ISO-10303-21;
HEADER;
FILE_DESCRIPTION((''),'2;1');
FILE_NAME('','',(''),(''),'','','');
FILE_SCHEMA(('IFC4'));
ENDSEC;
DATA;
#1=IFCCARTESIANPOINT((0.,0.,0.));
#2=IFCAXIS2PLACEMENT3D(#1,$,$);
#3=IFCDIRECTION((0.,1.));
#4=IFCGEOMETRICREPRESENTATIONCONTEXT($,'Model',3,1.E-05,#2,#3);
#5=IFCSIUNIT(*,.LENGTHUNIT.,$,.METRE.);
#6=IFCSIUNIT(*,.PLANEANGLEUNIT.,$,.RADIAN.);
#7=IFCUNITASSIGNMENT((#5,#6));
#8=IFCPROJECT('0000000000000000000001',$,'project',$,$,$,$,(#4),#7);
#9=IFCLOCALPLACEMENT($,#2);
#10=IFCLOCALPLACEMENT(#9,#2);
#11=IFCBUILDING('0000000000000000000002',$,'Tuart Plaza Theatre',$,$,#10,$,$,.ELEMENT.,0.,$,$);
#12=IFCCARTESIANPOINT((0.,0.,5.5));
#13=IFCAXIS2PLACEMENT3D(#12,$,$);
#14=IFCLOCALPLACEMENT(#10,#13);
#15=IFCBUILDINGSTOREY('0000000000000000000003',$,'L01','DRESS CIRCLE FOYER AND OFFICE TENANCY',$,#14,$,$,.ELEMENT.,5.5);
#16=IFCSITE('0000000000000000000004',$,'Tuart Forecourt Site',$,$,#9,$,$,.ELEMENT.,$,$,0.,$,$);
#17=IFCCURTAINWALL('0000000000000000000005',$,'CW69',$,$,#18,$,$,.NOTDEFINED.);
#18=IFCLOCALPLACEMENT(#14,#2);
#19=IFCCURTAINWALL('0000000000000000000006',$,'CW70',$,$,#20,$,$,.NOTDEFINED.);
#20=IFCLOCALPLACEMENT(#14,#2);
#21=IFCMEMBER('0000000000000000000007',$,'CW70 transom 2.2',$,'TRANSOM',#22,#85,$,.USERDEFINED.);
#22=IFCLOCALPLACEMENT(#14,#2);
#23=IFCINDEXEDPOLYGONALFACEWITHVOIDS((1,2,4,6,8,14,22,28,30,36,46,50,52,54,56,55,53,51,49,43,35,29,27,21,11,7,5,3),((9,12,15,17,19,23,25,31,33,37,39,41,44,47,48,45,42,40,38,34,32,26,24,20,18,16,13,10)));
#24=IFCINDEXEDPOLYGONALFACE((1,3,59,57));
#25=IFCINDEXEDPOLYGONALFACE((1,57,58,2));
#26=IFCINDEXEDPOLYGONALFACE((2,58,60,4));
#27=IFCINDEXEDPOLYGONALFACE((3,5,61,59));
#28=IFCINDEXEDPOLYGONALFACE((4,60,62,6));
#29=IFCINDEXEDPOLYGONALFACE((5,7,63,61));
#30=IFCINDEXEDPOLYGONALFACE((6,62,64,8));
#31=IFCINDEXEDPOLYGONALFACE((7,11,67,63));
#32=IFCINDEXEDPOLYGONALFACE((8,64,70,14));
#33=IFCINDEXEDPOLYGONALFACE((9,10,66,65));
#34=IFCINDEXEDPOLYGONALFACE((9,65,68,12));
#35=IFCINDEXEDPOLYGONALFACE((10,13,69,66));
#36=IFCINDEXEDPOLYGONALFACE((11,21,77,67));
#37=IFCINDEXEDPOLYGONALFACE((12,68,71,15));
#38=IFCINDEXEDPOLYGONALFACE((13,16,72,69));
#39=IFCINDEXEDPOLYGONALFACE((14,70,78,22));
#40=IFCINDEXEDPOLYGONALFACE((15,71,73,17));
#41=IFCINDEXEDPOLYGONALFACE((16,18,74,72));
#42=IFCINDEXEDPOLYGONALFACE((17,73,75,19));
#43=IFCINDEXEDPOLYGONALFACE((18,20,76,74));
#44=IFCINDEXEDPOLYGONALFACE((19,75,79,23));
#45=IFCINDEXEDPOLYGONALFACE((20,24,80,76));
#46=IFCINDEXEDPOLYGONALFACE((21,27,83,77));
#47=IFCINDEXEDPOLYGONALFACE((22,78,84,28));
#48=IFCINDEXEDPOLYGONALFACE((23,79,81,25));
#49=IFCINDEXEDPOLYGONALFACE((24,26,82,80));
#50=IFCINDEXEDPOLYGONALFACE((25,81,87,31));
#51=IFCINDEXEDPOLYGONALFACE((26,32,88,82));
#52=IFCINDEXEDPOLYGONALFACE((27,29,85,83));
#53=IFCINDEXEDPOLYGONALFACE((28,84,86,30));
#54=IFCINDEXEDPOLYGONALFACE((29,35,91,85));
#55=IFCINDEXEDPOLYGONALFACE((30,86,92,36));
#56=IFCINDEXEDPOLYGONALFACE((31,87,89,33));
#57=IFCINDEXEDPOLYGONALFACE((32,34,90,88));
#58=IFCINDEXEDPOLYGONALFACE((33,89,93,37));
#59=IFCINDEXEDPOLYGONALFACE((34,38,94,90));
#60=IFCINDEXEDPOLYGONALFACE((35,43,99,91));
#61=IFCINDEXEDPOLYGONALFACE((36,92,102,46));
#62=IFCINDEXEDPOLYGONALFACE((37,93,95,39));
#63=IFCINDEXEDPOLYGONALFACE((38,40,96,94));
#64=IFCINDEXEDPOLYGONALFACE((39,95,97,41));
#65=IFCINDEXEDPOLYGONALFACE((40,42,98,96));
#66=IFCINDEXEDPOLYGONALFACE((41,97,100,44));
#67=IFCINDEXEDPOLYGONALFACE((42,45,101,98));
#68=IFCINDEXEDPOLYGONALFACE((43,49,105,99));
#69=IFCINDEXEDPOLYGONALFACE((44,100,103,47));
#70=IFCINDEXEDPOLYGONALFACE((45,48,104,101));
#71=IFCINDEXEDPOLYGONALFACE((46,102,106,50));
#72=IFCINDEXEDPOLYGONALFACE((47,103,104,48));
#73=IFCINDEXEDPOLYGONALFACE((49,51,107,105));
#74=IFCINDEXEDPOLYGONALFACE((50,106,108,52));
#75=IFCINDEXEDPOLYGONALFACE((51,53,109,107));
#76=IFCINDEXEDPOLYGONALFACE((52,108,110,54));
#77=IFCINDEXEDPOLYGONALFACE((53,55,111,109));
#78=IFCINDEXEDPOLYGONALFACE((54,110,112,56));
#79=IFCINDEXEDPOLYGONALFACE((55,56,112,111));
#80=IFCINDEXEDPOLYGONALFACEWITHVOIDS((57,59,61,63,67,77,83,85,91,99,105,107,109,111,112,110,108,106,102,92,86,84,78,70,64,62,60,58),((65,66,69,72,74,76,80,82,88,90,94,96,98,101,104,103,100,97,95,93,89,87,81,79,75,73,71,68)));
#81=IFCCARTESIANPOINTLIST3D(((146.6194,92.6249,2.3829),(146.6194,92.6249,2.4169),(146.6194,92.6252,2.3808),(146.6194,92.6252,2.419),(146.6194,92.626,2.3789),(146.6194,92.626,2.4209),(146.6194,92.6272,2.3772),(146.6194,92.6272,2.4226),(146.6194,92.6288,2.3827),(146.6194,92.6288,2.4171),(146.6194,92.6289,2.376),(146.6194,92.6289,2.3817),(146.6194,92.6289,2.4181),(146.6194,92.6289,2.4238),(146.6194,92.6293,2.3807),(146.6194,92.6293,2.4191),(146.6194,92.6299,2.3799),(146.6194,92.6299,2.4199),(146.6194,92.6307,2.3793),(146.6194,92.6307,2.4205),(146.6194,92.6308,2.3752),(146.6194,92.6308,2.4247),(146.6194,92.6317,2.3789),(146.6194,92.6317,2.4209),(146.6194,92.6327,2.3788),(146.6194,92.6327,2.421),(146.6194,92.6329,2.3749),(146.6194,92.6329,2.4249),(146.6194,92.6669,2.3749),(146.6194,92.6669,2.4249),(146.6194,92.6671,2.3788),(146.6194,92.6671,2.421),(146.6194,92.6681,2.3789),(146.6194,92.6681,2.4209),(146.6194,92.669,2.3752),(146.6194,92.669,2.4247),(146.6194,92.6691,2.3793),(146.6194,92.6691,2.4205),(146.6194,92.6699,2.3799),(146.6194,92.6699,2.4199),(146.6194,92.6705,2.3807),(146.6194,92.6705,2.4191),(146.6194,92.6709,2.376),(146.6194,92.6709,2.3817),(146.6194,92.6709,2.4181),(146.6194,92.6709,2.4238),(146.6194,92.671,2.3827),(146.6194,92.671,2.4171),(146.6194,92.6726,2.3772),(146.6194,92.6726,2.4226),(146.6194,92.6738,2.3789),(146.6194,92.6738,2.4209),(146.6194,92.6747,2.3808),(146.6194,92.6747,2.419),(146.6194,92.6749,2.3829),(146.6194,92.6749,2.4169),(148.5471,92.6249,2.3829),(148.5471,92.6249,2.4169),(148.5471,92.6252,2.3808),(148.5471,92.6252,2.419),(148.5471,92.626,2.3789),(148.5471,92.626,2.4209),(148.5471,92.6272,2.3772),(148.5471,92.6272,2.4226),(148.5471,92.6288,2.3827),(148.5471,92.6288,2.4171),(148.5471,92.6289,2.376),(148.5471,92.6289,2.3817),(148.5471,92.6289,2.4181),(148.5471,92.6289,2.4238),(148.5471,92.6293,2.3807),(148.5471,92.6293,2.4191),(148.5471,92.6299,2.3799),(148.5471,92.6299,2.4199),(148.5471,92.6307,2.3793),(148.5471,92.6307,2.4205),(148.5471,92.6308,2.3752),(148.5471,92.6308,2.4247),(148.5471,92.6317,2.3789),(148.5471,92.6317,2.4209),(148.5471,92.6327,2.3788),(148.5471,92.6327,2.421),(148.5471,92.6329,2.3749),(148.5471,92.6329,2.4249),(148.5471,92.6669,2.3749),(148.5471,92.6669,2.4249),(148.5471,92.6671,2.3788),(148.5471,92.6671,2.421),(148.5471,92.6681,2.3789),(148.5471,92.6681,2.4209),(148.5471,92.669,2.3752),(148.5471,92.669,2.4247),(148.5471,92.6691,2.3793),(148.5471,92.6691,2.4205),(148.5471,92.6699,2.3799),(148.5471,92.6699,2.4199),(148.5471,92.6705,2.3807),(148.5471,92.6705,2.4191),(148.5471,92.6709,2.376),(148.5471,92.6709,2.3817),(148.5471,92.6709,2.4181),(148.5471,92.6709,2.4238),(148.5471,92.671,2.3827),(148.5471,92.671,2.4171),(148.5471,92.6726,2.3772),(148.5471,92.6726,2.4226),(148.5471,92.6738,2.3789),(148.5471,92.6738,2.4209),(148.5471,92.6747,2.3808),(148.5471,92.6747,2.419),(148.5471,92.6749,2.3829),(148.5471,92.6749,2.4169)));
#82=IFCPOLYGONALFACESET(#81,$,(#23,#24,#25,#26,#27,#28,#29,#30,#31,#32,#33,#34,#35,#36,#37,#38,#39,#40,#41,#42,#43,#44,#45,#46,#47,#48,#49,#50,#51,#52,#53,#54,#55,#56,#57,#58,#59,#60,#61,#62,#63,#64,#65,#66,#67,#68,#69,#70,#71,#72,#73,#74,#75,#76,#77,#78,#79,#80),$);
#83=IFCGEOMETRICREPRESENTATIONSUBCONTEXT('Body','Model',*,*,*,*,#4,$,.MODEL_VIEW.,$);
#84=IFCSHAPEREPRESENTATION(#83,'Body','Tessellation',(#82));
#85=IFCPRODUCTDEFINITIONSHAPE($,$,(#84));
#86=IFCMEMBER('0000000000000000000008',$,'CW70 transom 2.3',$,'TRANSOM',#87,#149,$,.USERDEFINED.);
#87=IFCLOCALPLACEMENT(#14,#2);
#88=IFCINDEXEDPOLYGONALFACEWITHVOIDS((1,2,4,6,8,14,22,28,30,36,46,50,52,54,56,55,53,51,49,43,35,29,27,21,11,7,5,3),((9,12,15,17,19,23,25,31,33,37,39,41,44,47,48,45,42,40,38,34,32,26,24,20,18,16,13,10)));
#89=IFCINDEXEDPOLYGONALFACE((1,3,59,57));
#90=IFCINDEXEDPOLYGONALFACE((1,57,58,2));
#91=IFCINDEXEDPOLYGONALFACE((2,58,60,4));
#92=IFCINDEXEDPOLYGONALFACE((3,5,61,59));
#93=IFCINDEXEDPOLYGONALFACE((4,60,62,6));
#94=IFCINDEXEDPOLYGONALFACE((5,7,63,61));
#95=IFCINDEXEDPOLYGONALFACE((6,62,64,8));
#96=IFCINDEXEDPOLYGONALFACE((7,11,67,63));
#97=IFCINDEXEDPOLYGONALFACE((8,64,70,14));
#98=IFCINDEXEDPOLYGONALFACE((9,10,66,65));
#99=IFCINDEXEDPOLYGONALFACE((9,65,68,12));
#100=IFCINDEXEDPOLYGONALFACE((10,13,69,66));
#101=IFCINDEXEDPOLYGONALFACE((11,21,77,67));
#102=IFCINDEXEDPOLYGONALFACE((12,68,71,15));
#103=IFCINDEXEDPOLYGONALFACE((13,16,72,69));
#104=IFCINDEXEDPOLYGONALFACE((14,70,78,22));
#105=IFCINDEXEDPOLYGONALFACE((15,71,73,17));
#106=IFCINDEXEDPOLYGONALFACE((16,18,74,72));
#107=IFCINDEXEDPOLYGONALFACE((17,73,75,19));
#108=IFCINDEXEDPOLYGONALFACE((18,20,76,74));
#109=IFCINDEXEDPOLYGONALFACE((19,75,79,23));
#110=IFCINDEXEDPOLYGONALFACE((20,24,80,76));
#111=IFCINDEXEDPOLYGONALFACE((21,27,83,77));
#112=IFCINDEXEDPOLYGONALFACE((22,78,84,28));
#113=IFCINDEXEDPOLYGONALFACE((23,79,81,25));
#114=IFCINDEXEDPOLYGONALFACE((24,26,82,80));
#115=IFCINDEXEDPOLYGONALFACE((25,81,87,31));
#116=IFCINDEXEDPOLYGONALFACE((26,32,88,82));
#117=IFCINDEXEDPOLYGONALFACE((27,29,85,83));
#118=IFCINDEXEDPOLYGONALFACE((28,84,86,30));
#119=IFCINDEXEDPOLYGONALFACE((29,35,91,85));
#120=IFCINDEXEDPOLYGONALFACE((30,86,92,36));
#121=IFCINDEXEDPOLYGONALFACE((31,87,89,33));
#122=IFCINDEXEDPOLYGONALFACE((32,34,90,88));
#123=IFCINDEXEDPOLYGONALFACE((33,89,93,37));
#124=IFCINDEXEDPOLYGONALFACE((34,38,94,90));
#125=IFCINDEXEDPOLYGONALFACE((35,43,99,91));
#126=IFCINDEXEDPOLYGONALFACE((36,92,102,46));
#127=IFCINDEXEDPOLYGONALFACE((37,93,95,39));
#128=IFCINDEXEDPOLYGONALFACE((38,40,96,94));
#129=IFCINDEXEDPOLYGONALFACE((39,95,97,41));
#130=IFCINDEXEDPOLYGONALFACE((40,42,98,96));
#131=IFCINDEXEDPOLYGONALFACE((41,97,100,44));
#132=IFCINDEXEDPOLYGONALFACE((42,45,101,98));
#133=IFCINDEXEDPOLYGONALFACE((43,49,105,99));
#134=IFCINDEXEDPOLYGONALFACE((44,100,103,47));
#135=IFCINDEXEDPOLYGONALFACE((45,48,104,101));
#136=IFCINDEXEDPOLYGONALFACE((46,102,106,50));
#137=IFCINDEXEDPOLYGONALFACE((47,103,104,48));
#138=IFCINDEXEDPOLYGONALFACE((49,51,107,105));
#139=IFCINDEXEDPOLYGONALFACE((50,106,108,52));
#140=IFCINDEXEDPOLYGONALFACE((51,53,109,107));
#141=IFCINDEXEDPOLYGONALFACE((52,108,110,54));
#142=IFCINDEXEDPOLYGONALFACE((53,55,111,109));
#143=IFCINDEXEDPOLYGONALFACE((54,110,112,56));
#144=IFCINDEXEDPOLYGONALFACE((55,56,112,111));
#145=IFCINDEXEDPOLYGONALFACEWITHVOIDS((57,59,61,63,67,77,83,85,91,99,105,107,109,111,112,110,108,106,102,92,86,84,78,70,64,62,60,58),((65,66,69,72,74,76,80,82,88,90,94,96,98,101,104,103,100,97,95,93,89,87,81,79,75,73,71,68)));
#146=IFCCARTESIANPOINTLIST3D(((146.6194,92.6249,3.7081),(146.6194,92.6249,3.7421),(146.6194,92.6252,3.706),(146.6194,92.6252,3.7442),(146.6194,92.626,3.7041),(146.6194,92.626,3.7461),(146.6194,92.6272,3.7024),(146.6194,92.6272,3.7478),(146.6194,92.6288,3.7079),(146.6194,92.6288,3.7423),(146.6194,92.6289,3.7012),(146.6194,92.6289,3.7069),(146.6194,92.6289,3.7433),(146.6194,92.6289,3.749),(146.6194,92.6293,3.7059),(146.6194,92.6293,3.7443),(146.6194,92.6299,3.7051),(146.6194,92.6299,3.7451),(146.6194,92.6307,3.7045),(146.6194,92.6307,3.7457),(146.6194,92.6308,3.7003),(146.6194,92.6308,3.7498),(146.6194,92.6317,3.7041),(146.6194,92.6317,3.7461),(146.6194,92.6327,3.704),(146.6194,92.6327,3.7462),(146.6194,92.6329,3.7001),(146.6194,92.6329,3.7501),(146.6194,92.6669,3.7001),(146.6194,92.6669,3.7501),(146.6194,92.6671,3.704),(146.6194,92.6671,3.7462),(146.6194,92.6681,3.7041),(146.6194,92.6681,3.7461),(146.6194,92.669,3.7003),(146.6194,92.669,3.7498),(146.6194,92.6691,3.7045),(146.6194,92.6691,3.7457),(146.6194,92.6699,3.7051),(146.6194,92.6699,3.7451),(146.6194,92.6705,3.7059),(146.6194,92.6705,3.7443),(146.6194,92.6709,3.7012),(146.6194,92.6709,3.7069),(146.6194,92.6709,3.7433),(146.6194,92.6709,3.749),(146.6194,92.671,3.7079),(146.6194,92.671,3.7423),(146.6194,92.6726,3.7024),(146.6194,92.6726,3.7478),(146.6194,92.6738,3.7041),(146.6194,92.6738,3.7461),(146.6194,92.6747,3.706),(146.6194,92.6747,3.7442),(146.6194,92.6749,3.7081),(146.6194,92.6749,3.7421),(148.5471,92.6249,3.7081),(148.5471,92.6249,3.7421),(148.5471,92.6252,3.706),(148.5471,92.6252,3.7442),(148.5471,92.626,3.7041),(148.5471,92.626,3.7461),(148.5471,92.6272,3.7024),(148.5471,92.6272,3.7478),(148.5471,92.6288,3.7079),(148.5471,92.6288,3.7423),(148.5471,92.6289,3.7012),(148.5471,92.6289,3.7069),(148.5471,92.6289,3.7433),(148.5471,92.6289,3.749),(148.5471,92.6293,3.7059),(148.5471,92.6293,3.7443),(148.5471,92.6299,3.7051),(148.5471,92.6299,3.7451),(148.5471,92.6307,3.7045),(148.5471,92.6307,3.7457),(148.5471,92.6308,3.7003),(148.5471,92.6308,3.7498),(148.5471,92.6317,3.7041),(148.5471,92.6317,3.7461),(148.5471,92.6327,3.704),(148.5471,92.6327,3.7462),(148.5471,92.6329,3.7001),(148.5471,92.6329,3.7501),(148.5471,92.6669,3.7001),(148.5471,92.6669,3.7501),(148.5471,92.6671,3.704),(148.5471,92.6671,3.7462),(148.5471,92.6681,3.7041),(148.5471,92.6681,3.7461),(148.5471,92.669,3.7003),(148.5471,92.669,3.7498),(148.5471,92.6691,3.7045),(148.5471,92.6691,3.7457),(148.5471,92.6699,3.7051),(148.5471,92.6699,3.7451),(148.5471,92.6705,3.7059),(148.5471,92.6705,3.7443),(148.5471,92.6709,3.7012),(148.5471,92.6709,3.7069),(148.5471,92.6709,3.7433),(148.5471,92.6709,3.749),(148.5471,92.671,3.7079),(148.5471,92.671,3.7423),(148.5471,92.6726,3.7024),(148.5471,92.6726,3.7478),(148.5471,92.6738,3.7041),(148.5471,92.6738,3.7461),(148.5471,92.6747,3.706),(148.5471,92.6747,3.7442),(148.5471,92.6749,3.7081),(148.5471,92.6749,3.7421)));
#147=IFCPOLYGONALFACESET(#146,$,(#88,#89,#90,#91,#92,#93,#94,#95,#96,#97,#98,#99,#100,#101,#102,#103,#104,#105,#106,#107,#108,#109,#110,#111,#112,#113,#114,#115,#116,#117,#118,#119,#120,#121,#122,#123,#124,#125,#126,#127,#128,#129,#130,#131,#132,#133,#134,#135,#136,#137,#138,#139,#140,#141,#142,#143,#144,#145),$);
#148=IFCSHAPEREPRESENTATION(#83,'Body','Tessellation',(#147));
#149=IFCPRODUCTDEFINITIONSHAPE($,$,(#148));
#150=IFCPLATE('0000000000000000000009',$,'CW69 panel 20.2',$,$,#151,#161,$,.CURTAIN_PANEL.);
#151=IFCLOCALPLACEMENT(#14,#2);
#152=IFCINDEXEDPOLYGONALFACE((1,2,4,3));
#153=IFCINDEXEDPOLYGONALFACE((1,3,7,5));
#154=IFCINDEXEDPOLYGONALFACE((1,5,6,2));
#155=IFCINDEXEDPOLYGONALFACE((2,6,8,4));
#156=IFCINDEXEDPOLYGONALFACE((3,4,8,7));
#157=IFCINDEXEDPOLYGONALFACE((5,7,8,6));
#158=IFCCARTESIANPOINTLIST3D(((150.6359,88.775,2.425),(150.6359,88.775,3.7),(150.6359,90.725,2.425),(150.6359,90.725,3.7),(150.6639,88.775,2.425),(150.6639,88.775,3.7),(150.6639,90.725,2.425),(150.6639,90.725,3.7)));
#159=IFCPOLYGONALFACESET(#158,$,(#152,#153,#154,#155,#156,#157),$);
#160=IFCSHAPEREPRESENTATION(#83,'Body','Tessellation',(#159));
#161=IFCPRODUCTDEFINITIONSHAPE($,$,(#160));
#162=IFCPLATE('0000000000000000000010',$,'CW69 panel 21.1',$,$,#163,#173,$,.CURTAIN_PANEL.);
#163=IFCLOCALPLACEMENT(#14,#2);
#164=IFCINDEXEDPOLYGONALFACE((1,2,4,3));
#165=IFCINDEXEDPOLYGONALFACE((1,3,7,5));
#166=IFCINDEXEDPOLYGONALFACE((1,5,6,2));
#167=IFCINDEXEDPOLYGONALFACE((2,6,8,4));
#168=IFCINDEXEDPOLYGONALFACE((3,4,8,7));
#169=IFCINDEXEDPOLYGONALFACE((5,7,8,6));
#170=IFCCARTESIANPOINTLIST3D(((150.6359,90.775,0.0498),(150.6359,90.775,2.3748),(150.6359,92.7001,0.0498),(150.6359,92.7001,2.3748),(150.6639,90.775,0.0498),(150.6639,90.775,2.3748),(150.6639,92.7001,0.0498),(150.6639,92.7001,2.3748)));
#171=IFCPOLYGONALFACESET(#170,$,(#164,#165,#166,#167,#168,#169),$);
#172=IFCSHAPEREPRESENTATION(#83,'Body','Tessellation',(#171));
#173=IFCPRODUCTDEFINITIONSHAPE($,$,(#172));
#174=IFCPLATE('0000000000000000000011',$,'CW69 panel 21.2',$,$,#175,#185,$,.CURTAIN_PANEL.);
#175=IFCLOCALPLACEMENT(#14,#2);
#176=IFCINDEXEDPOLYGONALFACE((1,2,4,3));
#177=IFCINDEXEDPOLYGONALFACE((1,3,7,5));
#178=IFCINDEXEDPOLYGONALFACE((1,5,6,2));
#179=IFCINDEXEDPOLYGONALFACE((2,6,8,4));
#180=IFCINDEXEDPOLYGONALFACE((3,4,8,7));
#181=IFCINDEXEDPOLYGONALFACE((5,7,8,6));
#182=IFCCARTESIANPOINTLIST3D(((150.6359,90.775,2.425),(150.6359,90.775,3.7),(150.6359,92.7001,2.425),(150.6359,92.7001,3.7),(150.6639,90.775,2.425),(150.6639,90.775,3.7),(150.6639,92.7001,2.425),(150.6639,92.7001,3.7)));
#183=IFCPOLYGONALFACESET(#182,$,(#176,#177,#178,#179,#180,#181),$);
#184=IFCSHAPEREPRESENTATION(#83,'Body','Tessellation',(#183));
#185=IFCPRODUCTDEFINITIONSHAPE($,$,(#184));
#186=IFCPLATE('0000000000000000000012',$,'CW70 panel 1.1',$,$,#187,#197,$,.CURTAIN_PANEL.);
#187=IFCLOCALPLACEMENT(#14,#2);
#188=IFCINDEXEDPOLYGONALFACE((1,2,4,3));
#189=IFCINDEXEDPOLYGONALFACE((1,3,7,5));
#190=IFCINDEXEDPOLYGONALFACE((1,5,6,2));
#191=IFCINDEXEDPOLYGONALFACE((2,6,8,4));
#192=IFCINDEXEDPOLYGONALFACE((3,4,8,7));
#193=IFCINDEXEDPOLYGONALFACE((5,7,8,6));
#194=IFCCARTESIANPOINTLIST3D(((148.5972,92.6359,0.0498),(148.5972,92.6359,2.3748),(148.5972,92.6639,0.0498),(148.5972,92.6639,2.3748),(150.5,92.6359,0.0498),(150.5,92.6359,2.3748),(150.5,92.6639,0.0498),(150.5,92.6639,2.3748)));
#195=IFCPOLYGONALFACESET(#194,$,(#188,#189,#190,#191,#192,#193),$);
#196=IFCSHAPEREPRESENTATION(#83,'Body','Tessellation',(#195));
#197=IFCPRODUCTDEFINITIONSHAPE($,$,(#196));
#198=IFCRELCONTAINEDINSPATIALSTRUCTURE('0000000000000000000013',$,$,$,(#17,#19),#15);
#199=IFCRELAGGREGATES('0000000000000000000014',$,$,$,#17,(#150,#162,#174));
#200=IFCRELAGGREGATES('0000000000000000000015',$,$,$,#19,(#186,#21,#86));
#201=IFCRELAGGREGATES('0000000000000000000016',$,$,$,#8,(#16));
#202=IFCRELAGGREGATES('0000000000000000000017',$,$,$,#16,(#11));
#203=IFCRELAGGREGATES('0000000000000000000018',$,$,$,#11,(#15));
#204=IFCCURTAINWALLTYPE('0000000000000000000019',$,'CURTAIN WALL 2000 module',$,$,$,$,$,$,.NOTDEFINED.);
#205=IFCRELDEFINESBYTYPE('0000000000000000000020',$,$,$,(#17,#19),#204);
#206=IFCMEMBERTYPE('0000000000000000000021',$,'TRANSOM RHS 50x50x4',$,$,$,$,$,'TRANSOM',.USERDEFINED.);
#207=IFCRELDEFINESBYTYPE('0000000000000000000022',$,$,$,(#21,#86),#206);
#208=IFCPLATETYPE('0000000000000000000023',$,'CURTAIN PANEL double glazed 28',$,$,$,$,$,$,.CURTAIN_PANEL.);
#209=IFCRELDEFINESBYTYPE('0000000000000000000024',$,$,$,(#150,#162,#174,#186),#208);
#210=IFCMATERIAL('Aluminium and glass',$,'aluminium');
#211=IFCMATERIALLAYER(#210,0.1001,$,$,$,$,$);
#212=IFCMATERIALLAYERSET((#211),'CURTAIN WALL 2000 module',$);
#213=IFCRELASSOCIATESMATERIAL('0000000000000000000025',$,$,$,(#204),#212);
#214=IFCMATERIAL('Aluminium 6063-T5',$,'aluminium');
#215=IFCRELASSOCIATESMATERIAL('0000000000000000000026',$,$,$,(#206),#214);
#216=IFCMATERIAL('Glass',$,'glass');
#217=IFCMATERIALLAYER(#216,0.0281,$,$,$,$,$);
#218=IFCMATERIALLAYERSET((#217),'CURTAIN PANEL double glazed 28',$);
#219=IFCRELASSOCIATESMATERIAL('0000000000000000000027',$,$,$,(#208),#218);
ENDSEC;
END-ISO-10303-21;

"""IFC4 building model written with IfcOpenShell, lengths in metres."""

from ifc_helpers import new_model, si_unit, direction, frame, origin, origin_2d, place, context, subcontext, project, spatial, rectangle, hollow_rectangle, extrude, material, layer, layer_set, material_profile, profile_set, type_object, element, aggregate, save


model = new_model("IFC4")

# Units and contexts
model_context = context("Model", 3, precision=1e-05, world=origin(), true_north=direction((0.0, 1.0)))
body_context = subcontext(model_context, "Body", "Model", "MODEL_VIEW")
ifc_project = project(units=[si_unit("LENGTHUNIT", "METRE"), si_unit("PLANEANGLEUNIT", "RADIAN")], contexts=[model_context])

# Site, building, storey
site_placement = place(None, origin())
site = spatial("IfcSite", under=ifc_project, at=site_placement, Name="Tuart Forecourt Site", CompositionType="ELEMENT", RefElevation=0.0)
building_placement = place(site_placement, origin())
building = spatial("IfcBuilding", under=site, at=building_placement, Name="Tuart Plaza Theatre", CompositionType="ELEMENT", ElevationOfRefHeight=0.0)
storey_placement = place(building_placement, frame((0.0, 0.0, 5.5)))
storey = spatial("IfcBuildingStorey", under=building, at=storey_placement, Name="L01", Description="DRESS CIRCLE FOYER AND OFFICE TENANCY", CompositionType="ELEMENT", Elevation=5.5)

# Curtain walls
ifc_material_1 = material(Name="Aluminium and glass", Category="aluminium")
ifc_layer_1 = layer(ifc_material_1, 0.1001)
ifc_layer_set_1 = layer_set([ifc_layer_1], Name="CURTAIN WALL 2000 module")
curtain_wall_type = type_object("IfcCurtainWallType", Name="CURTAIN WALL 2000 module", PredefinedType="NOTDEFINED", material=ifc_layer_set_1)
curtain_wall_1_placement = place(storey_placement, origin())
curtain_wall_1 = element("IfcCurtainWall", 1, at=curtain_wall_1_placement, inside=storey, type_object=curtain_wall_type, Name="CW69", PredefinedType="NOTDEFINED")
curtain_wall_2_placement = place(storey_placement, origin())
curtain_wall_2 = element("IfcCurtainWall", 2, at=curtain_wall_2_placement, inside=storey, type_object=curtain_wall_type, Name="CW70", PredefinedType="NOTDEFINED")

# Members
ifc_material_2 = material(Name="Aluminium 6063-T5", Category="aluminium")
ifc_material_profile_1 = material_profile(ifc_material_2, hollow_rectangle(XDim=0.05, YDim=0.05, WallThickness=0.0039, InnerFilletRadius=0.0039, OuterFilletRadius=0.0081, at=origin_2d()), Name="RHS 50x50x4")
ifc_profile_set_1 = profile_set([ifc_material_profile_1], Name="Aluminium 6063-T5")
member_type_1 = type_object("IfcMemberType", Name="TRANSOM RHS 50x50x4", ElementType="TRANSOM", PredefinedType="USERDEFINED", material=ifc_profile_set_1)
member_1_placement = place(storey_placement, frame((148.5471, 92.6499, 2.3999), z_axis=(-1.0, 0.0, 0.0), x_axis=(0.0, -1.0, 0.0)))
member_1 = element("IfcMember", 3, at=member_1_placement, type_object=member_type_1, Name="CW70 transom 2.2", ObjectType="TRANSOM", PredefinedType="USERDEFINED", context=body_context, shape_type="SweptSolid", body=[
    extrude(hollow_rectangle(XDim=0.05, YDim=0.05, WallThickness=0.0039, InnerFilletRadius=0.0039, OuterFilletRadius=0.0081, at=origin_2d()), origin(), (0.0, 0.0, 1.0), 1.9277),
])
member_2_placement = place(storey_placement, frame((148.5471, 92.6499, 3.7251), z_axis=(-1.0, 0.0, 0.0), x_axis=(0.0, -1.0, 0.0)))
member_2 = element("IfcMember", 4, at=member_2_placement, type_object=member_type_1, Name="CW70 transom 2.3", ObjectType="TRANSOM", PredefinedType="USERDEFINED", context=body_context, shape_type="SweptSolid", body=[
    extrude(hollow_rectangle(XDim=0.05, YDim=0.05, WallThickness=0.0039, InnerFilletRadius=0.0039, OuterFilletRadius=0.0081, at=origin_2d()), origin(), (0.0, 0.0, 1.0), 1.9277),
])

# Plates
ifc_material_3 = material(Name="Glass", Category="glass")
ifc_layer_2 = layer(ifc_material_3, 0.0281)
ifc_layer_set_2 = layer_set([ifc_layer_2], Name="CURTAIN PANEL double glazed 28")
plate_type = type_object("IfcPlateType", Name="CURTAIN PANEL double glazed 28", PredefinedType="CURTAIN_PANEL", material=ifc_layer_set_2)
plate_1_placement = place(storey_placement, frame((150.6499, 89.75, 2.425), z_axis=(0.0, 0.0, 1.0), x_axis=(0.0, 1.0, 0.0)))
plate_1 = element("IfcPlate", 5, at=plate_1_placement, type_object=plate_type, Name="CW69 panel 20.2", PredefinedType="CURTAIN_PANEL", context=body_context, shape_type="SweptSolid", body=[
    extrude(rectangle(XDim=1.95, YDim=0.0281, at=origin_2d()), origin(), (0.0, 0.0, 1.0), 1.2749),
])
plate_2_placement = place(storey_placement, frame((150.6499, 91.7375, 0.0498), z_axis=(0.0, 0.0, 1.0), x_axis=(0.0, 1.0, 0.0)))
plate_2 = element("IfcPlate", 6, at=plate_2_placement, type_object=plate_type, Name="CW69 panel 21.1", PredefinedType="CURTAIN_PANEL", context=body_context, shape_type="SweptSolid", body=[
    extrude(rectangle(XDim=1.925, YDim=0.0281, at=origin_2d()), origin(), (0.0, 0.0, 1.0), 2.325),
])
plate_3_placement = place(storey_placement, frame((150.6499, 91.7375, 2.425), z_axis=(0.0, 0.0, 1.0), x_axis=(0.0, 1.0, 0.0)))
plate_3 = element("IfcPlate", 7, at=plate_3_placement, type_object=plate_type, Name="CW69 panel 21.2", PredefinedType="CURTAIN_PANEL", context=body_context, shape_type="SweptSolid", body=[
    extrude(rectangle(XDim=1.925, YDim=0.0281, at=origin_2d()), origin(), (0.0, 0.0, 1.0), 1.2749),
])
aggregate(curtain_wall_1, [plate_1, plate_2, plate_3])
plate_4_placement = place(storey_placement, frame((149.5486, 92.6499, 0.0498), z_axis=(0.0, 0.0, 1.0), x_axis=(-1.0, 0.0, 0.0)))
plate_4 = element("IfcPlate", 8, at=plate_4_placement, type_object=plate_type, Name="CW70 panel 1.1", PredefinedType="CURTAIN_PANEL", context=body_context, shape_type="SweptSolid", body=[
    extrude(rectangle(XDim=1.9028, YDim=0.0281, at=origin_2d()), origin(), (0.0, 0.0, 1.0), 2.325),
])
aggregate(curtain_wall_2, [plate_4, member_1, member_2])

save(model, "model.ifc")
